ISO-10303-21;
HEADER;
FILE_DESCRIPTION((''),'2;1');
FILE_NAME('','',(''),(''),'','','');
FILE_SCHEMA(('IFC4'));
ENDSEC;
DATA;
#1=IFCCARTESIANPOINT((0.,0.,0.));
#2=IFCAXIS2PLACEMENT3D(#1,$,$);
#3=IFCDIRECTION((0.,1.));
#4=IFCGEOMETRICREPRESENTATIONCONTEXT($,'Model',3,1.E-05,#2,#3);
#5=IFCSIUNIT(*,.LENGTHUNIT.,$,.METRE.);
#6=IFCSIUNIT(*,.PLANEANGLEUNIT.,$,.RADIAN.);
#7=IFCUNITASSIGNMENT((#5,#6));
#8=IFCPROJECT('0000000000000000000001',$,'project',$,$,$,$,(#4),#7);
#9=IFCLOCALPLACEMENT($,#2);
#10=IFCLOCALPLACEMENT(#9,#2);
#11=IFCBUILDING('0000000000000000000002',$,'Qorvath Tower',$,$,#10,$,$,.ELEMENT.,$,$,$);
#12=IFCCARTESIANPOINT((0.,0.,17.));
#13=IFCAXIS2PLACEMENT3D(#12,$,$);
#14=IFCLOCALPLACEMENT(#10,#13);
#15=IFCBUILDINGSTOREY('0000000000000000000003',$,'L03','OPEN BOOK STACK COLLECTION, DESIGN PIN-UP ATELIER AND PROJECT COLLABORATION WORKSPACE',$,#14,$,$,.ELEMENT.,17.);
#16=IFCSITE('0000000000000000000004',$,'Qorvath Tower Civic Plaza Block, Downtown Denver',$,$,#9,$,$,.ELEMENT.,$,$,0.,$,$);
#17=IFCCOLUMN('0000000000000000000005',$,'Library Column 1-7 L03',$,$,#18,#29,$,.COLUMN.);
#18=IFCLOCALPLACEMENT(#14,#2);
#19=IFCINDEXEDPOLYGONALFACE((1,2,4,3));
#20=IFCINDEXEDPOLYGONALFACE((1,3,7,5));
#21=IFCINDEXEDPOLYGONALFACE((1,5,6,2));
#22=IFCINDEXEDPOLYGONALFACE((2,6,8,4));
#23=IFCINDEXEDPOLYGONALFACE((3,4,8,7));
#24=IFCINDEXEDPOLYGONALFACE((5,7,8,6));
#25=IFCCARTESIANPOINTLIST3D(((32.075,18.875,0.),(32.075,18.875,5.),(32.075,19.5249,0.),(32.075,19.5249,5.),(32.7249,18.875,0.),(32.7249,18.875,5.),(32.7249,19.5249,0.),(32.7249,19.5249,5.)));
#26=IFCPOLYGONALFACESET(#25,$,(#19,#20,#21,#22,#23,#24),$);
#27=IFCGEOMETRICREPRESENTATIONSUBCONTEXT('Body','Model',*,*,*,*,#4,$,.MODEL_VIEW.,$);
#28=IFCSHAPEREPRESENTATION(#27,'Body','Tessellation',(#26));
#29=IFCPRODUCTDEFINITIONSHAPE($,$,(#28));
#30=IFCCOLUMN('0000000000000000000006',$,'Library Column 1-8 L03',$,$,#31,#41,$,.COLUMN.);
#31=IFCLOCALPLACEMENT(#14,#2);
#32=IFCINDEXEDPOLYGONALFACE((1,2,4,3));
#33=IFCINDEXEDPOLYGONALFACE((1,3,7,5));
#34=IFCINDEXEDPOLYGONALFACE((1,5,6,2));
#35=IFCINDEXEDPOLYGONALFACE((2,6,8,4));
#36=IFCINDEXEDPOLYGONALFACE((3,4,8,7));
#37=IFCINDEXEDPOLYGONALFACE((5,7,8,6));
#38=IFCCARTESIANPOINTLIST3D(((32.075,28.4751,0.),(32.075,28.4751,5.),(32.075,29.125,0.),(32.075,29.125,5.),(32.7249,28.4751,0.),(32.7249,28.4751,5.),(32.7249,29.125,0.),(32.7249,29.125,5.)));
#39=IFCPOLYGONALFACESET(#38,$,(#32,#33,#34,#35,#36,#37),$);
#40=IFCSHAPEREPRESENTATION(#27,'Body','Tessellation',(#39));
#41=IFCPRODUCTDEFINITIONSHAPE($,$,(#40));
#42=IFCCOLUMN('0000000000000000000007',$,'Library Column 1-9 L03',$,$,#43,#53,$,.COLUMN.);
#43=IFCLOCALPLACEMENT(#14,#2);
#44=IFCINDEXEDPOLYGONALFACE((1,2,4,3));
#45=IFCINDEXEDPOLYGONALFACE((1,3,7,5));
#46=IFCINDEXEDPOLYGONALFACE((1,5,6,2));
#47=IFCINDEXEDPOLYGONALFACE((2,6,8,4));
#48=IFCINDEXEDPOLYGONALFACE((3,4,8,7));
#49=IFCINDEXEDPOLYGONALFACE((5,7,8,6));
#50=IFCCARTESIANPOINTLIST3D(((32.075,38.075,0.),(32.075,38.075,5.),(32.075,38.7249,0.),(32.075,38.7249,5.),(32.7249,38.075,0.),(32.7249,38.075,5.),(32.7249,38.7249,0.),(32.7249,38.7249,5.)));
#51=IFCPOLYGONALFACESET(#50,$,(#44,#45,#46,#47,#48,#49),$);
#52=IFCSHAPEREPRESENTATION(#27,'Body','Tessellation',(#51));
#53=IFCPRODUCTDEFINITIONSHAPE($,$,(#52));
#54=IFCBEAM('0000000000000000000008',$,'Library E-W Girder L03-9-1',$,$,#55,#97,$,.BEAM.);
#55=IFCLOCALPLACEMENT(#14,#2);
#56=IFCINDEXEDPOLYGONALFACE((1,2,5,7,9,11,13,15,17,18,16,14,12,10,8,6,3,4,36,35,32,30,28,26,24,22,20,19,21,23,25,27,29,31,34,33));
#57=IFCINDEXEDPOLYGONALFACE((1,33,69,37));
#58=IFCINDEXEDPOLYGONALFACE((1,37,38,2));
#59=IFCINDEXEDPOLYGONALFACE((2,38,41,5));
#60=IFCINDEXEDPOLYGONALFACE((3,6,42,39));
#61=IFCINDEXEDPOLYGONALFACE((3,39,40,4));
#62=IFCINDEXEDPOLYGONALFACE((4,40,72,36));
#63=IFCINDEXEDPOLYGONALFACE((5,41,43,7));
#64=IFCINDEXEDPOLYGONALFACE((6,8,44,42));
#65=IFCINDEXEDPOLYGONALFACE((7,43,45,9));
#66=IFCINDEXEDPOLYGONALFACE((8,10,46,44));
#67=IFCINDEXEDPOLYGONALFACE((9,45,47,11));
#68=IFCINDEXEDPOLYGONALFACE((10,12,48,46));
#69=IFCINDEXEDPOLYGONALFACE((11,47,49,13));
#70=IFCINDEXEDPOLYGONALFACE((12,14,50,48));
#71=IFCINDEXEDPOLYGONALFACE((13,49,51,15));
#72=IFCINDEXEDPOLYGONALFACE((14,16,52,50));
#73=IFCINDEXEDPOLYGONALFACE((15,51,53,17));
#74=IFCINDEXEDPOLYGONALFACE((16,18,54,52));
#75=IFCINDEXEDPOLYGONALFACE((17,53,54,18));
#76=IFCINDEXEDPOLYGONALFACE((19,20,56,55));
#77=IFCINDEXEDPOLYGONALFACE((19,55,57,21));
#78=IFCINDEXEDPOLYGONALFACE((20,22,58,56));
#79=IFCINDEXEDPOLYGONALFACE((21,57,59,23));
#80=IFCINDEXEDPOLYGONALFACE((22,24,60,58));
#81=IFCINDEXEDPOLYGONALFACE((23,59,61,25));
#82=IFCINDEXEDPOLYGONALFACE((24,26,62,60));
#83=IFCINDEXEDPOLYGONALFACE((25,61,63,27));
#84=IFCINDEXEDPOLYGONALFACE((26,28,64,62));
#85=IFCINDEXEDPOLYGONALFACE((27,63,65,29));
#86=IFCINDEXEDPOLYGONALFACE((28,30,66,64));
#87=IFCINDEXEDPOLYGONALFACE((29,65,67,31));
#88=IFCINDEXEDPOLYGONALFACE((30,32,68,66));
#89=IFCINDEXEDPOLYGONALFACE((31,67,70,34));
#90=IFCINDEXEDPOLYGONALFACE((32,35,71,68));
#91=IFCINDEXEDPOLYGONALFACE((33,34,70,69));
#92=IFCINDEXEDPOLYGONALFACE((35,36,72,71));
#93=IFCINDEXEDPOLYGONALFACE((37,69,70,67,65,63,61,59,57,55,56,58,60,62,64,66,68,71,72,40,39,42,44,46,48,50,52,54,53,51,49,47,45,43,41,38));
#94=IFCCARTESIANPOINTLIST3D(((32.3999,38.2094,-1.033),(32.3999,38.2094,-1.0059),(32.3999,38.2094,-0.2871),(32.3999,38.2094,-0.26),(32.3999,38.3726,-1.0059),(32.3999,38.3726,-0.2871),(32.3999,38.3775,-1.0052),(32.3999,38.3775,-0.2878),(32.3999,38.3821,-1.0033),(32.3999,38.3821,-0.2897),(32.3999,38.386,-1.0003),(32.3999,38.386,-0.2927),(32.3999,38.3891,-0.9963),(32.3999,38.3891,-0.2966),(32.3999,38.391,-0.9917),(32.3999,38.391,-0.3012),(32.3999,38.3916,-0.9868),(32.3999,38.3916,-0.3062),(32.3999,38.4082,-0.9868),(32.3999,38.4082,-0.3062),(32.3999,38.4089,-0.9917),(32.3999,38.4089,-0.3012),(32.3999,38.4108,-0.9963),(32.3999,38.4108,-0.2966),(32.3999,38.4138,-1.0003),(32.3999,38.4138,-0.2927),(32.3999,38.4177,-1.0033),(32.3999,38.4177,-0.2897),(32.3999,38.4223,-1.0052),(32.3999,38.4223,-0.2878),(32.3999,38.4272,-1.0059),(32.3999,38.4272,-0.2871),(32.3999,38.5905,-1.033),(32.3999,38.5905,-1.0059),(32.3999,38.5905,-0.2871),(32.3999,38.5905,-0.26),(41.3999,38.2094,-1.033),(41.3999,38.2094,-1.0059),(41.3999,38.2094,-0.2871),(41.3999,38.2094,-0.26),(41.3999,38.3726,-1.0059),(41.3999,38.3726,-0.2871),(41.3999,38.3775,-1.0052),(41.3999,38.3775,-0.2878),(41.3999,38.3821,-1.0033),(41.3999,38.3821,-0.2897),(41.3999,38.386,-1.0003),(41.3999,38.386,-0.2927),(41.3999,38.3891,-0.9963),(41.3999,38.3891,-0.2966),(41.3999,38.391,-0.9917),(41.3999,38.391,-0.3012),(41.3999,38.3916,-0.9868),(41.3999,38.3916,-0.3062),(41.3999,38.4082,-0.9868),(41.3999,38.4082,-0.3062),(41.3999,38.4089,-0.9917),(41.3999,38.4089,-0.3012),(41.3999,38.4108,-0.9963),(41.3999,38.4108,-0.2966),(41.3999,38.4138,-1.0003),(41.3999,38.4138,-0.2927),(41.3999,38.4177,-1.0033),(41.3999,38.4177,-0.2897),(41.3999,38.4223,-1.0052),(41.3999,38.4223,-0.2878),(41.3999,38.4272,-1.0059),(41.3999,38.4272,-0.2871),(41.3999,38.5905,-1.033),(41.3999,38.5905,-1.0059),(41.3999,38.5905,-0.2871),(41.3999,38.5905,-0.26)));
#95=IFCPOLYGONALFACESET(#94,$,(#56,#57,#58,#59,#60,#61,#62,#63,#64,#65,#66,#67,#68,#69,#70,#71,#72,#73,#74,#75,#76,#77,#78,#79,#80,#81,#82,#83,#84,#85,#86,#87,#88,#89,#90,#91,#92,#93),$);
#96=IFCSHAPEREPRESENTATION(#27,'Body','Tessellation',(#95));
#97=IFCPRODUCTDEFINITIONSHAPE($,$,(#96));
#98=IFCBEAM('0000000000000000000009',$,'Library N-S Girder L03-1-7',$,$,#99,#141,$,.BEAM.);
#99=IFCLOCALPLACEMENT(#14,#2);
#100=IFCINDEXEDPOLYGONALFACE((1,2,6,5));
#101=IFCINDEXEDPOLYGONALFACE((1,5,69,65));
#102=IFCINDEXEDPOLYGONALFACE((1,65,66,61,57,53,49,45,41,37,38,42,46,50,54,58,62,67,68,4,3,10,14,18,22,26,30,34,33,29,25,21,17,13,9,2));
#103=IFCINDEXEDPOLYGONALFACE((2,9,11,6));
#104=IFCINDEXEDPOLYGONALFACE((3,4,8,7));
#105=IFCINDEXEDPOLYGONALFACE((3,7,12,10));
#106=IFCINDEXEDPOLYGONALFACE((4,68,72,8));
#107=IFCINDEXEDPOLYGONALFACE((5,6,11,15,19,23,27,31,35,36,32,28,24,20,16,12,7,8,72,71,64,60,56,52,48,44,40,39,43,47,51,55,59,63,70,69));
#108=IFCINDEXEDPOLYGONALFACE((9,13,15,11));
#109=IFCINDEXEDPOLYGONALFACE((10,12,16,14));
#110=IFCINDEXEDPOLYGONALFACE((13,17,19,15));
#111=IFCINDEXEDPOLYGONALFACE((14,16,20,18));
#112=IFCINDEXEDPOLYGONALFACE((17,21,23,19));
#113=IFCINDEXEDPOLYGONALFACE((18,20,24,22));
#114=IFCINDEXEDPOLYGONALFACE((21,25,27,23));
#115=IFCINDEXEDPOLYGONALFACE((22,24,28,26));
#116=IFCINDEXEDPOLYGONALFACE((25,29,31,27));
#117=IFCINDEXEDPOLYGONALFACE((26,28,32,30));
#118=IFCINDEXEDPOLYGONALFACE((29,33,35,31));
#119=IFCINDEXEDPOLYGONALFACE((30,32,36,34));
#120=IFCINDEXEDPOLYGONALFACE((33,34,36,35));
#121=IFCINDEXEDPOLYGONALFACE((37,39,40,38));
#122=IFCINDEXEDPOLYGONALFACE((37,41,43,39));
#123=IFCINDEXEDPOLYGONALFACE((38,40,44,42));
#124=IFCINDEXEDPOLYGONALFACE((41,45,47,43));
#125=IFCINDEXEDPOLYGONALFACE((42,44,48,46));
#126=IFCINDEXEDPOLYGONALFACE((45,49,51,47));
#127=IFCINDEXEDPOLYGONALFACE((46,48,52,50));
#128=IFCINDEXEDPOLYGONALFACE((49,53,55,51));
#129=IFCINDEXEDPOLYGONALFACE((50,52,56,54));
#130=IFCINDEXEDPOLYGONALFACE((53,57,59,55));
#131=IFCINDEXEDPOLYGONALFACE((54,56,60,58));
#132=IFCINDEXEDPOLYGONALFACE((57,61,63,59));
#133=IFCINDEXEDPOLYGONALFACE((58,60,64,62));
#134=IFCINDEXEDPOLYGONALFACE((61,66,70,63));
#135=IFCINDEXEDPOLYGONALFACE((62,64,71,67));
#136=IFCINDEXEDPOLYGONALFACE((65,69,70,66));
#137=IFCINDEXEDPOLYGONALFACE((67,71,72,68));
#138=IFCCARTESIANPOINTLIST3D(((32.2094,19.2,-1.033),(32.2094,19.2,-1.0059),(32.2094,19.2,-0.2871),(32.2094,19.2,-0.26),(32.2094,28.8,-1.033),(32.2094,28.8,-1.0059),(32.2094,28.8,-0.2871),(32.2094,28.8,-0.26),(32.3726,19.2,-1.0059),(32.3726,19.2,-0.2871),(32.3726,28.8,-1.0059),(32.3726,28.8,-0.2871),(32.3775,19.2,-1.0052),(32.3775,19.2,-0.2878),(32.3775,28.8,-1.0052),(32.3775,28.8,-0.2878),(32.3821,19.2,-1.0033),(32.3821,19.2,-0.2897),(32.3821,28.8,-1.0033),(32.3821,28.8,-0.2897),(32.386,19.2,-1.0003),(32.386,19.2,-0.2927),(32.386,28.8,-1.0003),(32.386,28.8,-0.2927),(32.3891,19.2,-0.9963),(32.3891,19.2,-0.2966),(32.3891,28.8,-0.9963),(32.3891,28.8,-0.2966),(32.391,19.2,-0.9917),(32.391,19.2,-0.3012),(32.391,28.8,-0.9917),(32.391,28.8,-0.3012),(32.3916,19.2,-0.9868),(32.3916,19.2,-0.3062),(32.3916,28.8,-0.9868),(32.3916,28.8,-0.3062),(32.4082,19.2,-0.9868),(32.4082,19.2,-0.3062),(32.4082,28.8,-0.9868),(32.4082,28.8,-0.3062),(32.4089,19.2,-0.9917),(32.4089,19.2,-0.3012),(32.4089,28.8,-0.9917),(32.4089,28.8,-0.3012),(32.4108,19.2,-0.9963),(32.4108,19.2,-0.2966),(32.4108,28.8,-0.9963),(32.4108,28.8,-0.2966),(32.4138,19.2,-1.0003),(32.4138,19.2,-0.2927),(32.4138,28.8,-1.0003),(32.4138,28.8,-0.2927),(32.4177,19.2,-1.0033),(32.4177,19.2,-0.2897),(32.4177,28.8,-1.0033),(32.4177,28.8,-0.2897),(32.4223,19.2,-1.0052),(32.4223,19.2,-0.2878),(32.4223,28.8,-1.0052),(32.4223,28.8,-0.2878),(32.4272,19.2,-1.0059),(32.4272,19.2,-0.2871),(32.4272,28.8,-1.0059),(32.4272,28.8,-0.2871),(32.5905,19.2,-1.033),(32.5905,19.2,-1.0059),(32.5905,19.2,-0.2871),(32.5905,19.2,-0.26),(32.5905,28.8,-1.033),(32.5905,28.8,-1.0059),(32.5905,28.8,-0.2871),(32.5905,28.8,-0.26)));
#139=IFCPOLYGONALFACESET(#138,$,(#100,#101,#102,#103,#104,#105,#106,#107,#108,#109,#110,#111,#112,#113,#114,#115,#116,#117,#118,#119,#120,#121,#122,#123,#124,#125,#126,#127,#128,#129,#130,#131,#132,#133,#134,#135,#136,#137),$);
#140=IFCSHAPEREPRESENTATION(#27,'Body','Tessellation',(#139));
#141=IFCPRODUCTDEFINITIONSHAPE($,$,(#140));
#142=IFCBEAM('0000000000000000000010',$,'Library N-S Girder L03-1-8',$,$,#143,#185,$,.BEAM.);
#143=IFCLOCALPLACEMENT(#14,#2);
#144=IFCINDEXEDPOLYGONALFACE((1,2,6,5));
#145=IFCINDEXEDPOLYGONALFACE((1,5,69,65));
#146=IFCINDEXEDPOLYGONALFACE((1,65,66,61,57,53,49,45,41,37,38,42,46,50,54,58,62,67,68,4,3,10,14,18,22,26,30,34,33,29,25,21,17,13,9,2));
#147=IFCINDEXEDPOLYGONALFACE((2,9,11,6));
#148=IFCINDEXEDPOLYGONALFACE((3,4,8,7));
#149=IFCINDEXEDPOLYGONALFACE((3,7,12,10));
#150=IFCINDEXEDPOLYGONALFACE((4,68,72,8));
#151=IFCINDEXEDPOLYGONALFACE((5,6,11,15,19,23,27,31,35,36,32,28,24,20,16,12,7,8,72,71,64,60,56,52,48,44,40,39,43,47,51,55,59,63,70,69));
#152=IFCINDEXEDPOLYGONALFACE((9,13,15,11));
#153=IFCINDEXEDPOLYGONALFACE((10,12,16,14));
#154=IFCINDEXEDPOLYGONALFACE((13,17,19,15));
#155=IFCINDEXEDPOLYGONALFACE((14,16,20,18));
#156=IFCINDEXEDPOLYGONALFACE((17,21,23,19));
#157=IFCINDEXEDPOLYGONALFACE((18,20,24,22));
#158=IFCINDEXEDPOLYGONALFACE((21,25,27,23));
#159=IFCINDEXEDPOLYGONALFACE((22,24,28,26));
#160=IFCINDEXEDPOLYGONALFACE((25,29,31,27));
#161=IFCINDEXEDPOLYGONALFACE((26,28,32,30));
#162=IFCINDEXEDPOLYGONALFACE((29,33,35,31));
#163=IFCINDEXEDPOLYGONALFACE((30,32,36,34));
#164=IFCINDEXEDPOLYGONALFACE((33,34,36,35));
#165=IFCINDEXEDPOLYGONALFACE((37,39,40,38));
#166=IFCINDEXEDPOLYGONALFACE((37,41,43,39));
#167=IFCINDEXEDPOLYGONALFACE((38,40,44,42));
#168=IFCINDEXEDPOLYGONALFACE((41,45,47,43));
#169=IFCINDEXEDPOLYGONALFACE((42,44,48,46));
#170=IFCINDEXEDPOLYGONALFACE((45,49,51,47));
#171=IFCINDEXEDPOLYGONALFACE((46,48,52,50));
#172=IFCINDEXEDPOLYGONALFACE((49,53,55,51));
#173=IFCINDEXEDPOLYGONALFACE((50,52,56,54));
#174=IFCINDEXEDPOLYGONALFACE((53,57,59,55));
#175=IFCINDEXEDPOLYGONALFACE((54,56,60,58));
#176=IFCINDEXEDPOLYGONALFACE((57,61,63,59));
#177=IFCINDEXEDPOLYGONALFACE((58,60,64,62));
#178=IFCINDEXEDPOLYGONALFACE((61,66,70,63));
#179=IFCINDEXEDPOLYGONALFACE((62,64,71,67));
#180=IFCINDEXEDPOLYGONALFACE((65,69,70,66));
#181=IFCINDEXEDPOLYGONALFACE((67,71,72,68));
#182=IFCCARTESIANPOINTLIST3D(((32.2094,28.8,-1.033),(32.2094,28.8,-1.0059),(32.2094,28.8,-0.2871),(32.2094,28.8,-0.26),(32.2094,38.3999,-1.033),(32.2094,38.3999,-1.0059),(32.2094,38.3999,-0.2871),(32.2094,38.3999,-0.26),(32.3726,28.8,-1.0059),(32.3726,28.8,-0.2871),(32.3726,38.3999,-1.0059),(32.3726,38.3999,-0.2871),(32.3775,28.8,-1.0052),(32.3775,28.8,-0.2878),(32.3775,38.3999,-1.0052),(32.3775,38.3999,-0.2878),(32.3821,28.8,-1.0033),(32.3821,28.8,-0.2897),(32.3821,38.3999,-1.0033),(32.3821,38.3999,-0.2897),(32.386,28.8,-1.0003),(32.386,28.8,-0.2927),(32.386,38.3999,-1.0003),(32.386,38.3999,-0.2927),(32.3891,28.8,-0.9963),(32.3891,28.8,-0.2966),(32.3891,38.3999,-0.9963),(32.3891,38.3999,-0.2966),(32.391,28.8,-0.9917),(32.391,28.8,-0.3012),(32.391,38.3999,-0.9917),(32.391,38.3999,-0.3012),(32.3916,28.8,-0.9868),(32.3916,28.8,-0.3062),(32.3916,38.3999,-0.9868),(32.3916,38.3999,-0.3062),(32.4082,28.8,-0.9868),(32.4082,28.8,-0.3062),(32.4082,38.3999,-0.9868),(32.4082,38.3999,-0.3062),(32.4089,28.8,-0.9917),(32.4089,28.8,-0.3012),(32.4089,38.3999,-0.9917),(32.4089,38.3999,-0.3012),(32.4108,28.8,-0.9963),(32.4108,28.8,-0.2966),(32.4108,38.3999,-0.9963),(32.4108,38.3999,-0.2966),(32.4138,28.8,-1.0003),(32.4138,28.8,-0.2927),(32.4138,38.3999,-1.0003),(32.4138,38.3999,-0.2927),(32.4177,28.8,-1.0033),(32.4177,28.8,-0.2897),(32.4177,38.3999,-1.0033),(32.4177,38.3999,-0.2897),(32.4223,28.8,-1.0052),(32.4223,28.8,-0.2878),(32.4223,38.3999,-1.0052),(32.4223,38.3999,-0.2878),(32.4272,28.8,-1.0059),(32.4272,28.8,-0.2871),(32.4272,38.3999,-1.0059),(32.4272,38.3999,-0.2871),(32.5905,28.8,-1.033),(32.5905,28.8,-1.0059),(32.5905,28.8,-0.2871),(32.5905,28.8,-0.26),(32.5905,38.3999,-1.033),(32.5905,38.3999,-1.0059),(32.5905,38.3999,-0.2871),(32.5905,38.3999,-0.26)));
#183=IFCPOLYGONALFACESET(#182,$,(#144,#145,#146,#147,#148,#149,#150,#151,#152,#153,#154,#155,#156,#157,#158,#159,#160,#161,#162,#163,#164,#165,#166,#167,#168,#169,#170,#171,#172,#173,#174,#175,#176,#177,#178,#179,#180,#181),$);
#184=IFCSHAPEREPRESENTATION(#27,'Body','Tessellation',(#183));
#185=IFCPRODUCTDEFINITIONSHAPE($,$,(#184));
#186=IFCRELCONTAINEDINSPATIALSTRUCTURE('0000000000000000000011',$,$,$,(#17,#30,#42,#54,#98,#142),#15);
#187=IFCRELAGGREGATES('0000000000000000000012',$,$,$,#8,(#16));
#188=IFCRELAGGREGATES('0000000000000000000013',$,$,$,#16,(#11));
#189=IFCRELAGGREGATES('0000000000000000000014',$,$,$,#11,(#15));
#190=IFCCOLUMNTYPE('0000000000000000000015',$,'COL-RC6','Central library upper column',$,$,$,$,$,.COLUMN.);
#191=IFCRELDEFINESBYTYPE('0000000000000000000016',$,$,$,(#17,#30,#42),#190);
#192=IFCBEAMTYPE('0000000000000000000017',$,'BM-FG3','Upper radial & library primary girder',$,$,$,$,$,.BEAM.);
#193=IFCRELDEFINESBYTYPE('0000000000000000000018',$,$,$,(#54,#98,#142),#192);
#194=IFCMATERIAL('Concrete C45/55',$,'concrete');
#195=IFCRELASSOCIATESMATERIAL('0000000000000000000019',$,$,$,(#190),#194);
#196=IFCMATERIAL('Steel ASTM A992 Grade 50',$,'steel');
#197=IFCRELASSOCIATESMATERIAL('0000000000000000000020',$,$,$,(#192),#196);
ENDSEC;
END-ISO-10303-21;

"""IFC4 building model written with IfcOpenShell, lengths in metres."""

from ifc_helpers import new_model, si_unit, direction, frame, origin, origin_2d, place, context, subcontext, project, spatial, rectangle, i_section, extrude, material, material_profile, profile_set, type_object, element, save


model = new_model("IFC4")

# Units and contexts
model_context = context("Model", 3, precision=1e-05, world=origin(), true_north=direction((0.0, 1.0)))
body_context = subcontext(model_context, "Body", "Model", "MODEL_VIEW")
ifc_project = project(units=[si_unit("LENGTHUNIT", "METRE"), si_unit("PLANEANGLEUNIT", "RADIAN")], contexts=[model_context])

# Site, building, storey
site_placement = place(None, origin())
site = spatial("IfcSite", under=ifc_project, at=site_placement, Name="Qorvath Tower Civic Plaza Block, Downtown Denver", CompositionType="ELEMENT", RefElevation=0.0)
building_placement = place(site_placement, origin())
building = spatial("IfcBuilding", under=site, at=building_placement, Name="Qorvath Tower", CompositionType="ELEMENT")
storey_placement = place(building_placement, frame((0.0, 0.0, 17.0)))
storey = spatial("IfcBuildingStorey", under=building, at=storey_placement, Name="L03", Description="OPEN BOOK STACK COLLECTION, DESIGN PIN-UP ATELIER AND PROJECT COLLABORATION WORKSPACE", CompositionType="ELEMENT", Elevation=17.0)

# Columns
ifc_material_1 = material(Name="Concrete C45/55", Category="concrete")
ifc_material_profile_1 = material_profile(ifc_material_1, rectangle(XDim=0.6499, YDim=0.6499, at=origin_2d()), Name="RC 650x650")
ifc_profile_set_1 = profile_set([ifc_material_profile_1], Name="Concrete C45/55")
column_type = type_object("IfcColumnType", Name="COL-RC6", Description="Central library upper column", PredefinedType="COLUMN", material=ifc_profile_set_1)
for number, where, z_axis, x_axis, name in (
    (1, (32.3999, 19.2, 0.0), (0.0, 0.0, 1.0), (1.0, 0.0, 0.0), "Library Column 1-7 L03"),
    (2, (32.3999, 28.8, 0.0), (0.0, 0.0, 1.0), (1.0, 0.0, 0.0), "Library Column 1-8 L03"),
    (3, (32.3999, 38.3999, 0.0), (0.0, 0.0, 1.0), (1.0, 0.0, 0.0), "Library Column 1-9 L03"),
):
    element("IfcColumn", number, at=place(storey_placement, frame(where, z_axis=z_axis, x_axis=x_axis)), inside=storey, type_object=column_type, Name=name, PredefinedType="COLUMN", context=body_context, shape_type="SweptSolid", body=[
        extrude(rectangle(XDim=0.6499, YDim=0.6499, at=origin_2d()), origin(), (0.0, 0.0, 1.0), 5.0),
    ])

# Beams
ifc_material_2 = material(Name="Steel ASTM A992 Grade 50", Category="steel")
ifc_material_profile_2 = material_profile(ifc_material_2, i_section(OverallWidth=0.3811, OverallDepth=0.7729, WebThickness=0.0166, FlangeThickness=0.0271, FilletRadius=0.019, at=origin_2d()), Name="W30x173")
ifc_profile_set_2 = profile_set([ifc_material_profile_2], Name="Steel ASTM A992 Grade 50")
beam_type_1 = type_object("IfcBeamType", Name="BM-FG3", Description="Upper radial & library primary girder", PredefinedType="BEAM", material=ifc_profile_set_2)
beam_1_placement = place(storey_placement, frame((32.3999, 38.3999, -0.6465), z_axis=(1.0, 0.0, 0.0), x_axis=(0.0, 1.0, 0.0)))
element("IfcBeam", 4, at=beam_1_placement, inside=storey, type_object=beam_type_1, Name="Library E-W Girder L03-9-1", PredefinedType="BEAM", context=body_context, shape_type="SweptSolid", body=[
    extrude(i_section(OverallWidth=0.3811, OverallDepth=0.7729, WebThickness=0.0166, FlangeThickness=0.0271, FilletRadius=0.019, at=origin_2d()), origin(), (0.0, 0.0, 1.0), 9.0),
])
beam_2_placement = place(storey_placement, frame((32.3999, 19.2, -0.6465), z_axis=(0.0, 1.0, 0.0), x_axis=(-1.0, 0.0, 0.0)))
element("IfcBeam", 5, at=beam_2_placement, inside=storey, type_object=beam_type_1, Name="Library N-S Girder L03-1-7", PredefinedType="BEAM", context=body_context, shape_type="SweptSolid", body=[
    extrude(i_section(OverallWidth=0.3811, OverallDepth=0.7729, WebThickness=0.0166, FlangeThickness=0.0271, FilletRadius=0.019, at=origin_2d()), origin(), (0.0, 0.0, 1.0), 9.6001),
])
beam_3_placement = place(storey_placement, frame((32.3999, 28.8, -0.6465), z_axis=(0.0, 1.0, 0.0), x_axis=(-1.0, 0.0, 0.0)))
element("IfcBeam", 6, at=beam_3_placement, inside=storey, type_object=beam_type_1, Name="Library N-S Girder L03-1-8", PredefinedType="BEAM", context=body_context, shape_type="SweptSolid", body=[
    extrude(i_section(OverallWidth=0.3811, OverallDepth=0.7729, WebThickness=0.0166, FlangeThickness=0.0271, FilletRadius=0.019, at=origin_2d()), origin(), (0.0, 0.0, 1.0), 9.5999),
])

save(model, "model.ifc")
